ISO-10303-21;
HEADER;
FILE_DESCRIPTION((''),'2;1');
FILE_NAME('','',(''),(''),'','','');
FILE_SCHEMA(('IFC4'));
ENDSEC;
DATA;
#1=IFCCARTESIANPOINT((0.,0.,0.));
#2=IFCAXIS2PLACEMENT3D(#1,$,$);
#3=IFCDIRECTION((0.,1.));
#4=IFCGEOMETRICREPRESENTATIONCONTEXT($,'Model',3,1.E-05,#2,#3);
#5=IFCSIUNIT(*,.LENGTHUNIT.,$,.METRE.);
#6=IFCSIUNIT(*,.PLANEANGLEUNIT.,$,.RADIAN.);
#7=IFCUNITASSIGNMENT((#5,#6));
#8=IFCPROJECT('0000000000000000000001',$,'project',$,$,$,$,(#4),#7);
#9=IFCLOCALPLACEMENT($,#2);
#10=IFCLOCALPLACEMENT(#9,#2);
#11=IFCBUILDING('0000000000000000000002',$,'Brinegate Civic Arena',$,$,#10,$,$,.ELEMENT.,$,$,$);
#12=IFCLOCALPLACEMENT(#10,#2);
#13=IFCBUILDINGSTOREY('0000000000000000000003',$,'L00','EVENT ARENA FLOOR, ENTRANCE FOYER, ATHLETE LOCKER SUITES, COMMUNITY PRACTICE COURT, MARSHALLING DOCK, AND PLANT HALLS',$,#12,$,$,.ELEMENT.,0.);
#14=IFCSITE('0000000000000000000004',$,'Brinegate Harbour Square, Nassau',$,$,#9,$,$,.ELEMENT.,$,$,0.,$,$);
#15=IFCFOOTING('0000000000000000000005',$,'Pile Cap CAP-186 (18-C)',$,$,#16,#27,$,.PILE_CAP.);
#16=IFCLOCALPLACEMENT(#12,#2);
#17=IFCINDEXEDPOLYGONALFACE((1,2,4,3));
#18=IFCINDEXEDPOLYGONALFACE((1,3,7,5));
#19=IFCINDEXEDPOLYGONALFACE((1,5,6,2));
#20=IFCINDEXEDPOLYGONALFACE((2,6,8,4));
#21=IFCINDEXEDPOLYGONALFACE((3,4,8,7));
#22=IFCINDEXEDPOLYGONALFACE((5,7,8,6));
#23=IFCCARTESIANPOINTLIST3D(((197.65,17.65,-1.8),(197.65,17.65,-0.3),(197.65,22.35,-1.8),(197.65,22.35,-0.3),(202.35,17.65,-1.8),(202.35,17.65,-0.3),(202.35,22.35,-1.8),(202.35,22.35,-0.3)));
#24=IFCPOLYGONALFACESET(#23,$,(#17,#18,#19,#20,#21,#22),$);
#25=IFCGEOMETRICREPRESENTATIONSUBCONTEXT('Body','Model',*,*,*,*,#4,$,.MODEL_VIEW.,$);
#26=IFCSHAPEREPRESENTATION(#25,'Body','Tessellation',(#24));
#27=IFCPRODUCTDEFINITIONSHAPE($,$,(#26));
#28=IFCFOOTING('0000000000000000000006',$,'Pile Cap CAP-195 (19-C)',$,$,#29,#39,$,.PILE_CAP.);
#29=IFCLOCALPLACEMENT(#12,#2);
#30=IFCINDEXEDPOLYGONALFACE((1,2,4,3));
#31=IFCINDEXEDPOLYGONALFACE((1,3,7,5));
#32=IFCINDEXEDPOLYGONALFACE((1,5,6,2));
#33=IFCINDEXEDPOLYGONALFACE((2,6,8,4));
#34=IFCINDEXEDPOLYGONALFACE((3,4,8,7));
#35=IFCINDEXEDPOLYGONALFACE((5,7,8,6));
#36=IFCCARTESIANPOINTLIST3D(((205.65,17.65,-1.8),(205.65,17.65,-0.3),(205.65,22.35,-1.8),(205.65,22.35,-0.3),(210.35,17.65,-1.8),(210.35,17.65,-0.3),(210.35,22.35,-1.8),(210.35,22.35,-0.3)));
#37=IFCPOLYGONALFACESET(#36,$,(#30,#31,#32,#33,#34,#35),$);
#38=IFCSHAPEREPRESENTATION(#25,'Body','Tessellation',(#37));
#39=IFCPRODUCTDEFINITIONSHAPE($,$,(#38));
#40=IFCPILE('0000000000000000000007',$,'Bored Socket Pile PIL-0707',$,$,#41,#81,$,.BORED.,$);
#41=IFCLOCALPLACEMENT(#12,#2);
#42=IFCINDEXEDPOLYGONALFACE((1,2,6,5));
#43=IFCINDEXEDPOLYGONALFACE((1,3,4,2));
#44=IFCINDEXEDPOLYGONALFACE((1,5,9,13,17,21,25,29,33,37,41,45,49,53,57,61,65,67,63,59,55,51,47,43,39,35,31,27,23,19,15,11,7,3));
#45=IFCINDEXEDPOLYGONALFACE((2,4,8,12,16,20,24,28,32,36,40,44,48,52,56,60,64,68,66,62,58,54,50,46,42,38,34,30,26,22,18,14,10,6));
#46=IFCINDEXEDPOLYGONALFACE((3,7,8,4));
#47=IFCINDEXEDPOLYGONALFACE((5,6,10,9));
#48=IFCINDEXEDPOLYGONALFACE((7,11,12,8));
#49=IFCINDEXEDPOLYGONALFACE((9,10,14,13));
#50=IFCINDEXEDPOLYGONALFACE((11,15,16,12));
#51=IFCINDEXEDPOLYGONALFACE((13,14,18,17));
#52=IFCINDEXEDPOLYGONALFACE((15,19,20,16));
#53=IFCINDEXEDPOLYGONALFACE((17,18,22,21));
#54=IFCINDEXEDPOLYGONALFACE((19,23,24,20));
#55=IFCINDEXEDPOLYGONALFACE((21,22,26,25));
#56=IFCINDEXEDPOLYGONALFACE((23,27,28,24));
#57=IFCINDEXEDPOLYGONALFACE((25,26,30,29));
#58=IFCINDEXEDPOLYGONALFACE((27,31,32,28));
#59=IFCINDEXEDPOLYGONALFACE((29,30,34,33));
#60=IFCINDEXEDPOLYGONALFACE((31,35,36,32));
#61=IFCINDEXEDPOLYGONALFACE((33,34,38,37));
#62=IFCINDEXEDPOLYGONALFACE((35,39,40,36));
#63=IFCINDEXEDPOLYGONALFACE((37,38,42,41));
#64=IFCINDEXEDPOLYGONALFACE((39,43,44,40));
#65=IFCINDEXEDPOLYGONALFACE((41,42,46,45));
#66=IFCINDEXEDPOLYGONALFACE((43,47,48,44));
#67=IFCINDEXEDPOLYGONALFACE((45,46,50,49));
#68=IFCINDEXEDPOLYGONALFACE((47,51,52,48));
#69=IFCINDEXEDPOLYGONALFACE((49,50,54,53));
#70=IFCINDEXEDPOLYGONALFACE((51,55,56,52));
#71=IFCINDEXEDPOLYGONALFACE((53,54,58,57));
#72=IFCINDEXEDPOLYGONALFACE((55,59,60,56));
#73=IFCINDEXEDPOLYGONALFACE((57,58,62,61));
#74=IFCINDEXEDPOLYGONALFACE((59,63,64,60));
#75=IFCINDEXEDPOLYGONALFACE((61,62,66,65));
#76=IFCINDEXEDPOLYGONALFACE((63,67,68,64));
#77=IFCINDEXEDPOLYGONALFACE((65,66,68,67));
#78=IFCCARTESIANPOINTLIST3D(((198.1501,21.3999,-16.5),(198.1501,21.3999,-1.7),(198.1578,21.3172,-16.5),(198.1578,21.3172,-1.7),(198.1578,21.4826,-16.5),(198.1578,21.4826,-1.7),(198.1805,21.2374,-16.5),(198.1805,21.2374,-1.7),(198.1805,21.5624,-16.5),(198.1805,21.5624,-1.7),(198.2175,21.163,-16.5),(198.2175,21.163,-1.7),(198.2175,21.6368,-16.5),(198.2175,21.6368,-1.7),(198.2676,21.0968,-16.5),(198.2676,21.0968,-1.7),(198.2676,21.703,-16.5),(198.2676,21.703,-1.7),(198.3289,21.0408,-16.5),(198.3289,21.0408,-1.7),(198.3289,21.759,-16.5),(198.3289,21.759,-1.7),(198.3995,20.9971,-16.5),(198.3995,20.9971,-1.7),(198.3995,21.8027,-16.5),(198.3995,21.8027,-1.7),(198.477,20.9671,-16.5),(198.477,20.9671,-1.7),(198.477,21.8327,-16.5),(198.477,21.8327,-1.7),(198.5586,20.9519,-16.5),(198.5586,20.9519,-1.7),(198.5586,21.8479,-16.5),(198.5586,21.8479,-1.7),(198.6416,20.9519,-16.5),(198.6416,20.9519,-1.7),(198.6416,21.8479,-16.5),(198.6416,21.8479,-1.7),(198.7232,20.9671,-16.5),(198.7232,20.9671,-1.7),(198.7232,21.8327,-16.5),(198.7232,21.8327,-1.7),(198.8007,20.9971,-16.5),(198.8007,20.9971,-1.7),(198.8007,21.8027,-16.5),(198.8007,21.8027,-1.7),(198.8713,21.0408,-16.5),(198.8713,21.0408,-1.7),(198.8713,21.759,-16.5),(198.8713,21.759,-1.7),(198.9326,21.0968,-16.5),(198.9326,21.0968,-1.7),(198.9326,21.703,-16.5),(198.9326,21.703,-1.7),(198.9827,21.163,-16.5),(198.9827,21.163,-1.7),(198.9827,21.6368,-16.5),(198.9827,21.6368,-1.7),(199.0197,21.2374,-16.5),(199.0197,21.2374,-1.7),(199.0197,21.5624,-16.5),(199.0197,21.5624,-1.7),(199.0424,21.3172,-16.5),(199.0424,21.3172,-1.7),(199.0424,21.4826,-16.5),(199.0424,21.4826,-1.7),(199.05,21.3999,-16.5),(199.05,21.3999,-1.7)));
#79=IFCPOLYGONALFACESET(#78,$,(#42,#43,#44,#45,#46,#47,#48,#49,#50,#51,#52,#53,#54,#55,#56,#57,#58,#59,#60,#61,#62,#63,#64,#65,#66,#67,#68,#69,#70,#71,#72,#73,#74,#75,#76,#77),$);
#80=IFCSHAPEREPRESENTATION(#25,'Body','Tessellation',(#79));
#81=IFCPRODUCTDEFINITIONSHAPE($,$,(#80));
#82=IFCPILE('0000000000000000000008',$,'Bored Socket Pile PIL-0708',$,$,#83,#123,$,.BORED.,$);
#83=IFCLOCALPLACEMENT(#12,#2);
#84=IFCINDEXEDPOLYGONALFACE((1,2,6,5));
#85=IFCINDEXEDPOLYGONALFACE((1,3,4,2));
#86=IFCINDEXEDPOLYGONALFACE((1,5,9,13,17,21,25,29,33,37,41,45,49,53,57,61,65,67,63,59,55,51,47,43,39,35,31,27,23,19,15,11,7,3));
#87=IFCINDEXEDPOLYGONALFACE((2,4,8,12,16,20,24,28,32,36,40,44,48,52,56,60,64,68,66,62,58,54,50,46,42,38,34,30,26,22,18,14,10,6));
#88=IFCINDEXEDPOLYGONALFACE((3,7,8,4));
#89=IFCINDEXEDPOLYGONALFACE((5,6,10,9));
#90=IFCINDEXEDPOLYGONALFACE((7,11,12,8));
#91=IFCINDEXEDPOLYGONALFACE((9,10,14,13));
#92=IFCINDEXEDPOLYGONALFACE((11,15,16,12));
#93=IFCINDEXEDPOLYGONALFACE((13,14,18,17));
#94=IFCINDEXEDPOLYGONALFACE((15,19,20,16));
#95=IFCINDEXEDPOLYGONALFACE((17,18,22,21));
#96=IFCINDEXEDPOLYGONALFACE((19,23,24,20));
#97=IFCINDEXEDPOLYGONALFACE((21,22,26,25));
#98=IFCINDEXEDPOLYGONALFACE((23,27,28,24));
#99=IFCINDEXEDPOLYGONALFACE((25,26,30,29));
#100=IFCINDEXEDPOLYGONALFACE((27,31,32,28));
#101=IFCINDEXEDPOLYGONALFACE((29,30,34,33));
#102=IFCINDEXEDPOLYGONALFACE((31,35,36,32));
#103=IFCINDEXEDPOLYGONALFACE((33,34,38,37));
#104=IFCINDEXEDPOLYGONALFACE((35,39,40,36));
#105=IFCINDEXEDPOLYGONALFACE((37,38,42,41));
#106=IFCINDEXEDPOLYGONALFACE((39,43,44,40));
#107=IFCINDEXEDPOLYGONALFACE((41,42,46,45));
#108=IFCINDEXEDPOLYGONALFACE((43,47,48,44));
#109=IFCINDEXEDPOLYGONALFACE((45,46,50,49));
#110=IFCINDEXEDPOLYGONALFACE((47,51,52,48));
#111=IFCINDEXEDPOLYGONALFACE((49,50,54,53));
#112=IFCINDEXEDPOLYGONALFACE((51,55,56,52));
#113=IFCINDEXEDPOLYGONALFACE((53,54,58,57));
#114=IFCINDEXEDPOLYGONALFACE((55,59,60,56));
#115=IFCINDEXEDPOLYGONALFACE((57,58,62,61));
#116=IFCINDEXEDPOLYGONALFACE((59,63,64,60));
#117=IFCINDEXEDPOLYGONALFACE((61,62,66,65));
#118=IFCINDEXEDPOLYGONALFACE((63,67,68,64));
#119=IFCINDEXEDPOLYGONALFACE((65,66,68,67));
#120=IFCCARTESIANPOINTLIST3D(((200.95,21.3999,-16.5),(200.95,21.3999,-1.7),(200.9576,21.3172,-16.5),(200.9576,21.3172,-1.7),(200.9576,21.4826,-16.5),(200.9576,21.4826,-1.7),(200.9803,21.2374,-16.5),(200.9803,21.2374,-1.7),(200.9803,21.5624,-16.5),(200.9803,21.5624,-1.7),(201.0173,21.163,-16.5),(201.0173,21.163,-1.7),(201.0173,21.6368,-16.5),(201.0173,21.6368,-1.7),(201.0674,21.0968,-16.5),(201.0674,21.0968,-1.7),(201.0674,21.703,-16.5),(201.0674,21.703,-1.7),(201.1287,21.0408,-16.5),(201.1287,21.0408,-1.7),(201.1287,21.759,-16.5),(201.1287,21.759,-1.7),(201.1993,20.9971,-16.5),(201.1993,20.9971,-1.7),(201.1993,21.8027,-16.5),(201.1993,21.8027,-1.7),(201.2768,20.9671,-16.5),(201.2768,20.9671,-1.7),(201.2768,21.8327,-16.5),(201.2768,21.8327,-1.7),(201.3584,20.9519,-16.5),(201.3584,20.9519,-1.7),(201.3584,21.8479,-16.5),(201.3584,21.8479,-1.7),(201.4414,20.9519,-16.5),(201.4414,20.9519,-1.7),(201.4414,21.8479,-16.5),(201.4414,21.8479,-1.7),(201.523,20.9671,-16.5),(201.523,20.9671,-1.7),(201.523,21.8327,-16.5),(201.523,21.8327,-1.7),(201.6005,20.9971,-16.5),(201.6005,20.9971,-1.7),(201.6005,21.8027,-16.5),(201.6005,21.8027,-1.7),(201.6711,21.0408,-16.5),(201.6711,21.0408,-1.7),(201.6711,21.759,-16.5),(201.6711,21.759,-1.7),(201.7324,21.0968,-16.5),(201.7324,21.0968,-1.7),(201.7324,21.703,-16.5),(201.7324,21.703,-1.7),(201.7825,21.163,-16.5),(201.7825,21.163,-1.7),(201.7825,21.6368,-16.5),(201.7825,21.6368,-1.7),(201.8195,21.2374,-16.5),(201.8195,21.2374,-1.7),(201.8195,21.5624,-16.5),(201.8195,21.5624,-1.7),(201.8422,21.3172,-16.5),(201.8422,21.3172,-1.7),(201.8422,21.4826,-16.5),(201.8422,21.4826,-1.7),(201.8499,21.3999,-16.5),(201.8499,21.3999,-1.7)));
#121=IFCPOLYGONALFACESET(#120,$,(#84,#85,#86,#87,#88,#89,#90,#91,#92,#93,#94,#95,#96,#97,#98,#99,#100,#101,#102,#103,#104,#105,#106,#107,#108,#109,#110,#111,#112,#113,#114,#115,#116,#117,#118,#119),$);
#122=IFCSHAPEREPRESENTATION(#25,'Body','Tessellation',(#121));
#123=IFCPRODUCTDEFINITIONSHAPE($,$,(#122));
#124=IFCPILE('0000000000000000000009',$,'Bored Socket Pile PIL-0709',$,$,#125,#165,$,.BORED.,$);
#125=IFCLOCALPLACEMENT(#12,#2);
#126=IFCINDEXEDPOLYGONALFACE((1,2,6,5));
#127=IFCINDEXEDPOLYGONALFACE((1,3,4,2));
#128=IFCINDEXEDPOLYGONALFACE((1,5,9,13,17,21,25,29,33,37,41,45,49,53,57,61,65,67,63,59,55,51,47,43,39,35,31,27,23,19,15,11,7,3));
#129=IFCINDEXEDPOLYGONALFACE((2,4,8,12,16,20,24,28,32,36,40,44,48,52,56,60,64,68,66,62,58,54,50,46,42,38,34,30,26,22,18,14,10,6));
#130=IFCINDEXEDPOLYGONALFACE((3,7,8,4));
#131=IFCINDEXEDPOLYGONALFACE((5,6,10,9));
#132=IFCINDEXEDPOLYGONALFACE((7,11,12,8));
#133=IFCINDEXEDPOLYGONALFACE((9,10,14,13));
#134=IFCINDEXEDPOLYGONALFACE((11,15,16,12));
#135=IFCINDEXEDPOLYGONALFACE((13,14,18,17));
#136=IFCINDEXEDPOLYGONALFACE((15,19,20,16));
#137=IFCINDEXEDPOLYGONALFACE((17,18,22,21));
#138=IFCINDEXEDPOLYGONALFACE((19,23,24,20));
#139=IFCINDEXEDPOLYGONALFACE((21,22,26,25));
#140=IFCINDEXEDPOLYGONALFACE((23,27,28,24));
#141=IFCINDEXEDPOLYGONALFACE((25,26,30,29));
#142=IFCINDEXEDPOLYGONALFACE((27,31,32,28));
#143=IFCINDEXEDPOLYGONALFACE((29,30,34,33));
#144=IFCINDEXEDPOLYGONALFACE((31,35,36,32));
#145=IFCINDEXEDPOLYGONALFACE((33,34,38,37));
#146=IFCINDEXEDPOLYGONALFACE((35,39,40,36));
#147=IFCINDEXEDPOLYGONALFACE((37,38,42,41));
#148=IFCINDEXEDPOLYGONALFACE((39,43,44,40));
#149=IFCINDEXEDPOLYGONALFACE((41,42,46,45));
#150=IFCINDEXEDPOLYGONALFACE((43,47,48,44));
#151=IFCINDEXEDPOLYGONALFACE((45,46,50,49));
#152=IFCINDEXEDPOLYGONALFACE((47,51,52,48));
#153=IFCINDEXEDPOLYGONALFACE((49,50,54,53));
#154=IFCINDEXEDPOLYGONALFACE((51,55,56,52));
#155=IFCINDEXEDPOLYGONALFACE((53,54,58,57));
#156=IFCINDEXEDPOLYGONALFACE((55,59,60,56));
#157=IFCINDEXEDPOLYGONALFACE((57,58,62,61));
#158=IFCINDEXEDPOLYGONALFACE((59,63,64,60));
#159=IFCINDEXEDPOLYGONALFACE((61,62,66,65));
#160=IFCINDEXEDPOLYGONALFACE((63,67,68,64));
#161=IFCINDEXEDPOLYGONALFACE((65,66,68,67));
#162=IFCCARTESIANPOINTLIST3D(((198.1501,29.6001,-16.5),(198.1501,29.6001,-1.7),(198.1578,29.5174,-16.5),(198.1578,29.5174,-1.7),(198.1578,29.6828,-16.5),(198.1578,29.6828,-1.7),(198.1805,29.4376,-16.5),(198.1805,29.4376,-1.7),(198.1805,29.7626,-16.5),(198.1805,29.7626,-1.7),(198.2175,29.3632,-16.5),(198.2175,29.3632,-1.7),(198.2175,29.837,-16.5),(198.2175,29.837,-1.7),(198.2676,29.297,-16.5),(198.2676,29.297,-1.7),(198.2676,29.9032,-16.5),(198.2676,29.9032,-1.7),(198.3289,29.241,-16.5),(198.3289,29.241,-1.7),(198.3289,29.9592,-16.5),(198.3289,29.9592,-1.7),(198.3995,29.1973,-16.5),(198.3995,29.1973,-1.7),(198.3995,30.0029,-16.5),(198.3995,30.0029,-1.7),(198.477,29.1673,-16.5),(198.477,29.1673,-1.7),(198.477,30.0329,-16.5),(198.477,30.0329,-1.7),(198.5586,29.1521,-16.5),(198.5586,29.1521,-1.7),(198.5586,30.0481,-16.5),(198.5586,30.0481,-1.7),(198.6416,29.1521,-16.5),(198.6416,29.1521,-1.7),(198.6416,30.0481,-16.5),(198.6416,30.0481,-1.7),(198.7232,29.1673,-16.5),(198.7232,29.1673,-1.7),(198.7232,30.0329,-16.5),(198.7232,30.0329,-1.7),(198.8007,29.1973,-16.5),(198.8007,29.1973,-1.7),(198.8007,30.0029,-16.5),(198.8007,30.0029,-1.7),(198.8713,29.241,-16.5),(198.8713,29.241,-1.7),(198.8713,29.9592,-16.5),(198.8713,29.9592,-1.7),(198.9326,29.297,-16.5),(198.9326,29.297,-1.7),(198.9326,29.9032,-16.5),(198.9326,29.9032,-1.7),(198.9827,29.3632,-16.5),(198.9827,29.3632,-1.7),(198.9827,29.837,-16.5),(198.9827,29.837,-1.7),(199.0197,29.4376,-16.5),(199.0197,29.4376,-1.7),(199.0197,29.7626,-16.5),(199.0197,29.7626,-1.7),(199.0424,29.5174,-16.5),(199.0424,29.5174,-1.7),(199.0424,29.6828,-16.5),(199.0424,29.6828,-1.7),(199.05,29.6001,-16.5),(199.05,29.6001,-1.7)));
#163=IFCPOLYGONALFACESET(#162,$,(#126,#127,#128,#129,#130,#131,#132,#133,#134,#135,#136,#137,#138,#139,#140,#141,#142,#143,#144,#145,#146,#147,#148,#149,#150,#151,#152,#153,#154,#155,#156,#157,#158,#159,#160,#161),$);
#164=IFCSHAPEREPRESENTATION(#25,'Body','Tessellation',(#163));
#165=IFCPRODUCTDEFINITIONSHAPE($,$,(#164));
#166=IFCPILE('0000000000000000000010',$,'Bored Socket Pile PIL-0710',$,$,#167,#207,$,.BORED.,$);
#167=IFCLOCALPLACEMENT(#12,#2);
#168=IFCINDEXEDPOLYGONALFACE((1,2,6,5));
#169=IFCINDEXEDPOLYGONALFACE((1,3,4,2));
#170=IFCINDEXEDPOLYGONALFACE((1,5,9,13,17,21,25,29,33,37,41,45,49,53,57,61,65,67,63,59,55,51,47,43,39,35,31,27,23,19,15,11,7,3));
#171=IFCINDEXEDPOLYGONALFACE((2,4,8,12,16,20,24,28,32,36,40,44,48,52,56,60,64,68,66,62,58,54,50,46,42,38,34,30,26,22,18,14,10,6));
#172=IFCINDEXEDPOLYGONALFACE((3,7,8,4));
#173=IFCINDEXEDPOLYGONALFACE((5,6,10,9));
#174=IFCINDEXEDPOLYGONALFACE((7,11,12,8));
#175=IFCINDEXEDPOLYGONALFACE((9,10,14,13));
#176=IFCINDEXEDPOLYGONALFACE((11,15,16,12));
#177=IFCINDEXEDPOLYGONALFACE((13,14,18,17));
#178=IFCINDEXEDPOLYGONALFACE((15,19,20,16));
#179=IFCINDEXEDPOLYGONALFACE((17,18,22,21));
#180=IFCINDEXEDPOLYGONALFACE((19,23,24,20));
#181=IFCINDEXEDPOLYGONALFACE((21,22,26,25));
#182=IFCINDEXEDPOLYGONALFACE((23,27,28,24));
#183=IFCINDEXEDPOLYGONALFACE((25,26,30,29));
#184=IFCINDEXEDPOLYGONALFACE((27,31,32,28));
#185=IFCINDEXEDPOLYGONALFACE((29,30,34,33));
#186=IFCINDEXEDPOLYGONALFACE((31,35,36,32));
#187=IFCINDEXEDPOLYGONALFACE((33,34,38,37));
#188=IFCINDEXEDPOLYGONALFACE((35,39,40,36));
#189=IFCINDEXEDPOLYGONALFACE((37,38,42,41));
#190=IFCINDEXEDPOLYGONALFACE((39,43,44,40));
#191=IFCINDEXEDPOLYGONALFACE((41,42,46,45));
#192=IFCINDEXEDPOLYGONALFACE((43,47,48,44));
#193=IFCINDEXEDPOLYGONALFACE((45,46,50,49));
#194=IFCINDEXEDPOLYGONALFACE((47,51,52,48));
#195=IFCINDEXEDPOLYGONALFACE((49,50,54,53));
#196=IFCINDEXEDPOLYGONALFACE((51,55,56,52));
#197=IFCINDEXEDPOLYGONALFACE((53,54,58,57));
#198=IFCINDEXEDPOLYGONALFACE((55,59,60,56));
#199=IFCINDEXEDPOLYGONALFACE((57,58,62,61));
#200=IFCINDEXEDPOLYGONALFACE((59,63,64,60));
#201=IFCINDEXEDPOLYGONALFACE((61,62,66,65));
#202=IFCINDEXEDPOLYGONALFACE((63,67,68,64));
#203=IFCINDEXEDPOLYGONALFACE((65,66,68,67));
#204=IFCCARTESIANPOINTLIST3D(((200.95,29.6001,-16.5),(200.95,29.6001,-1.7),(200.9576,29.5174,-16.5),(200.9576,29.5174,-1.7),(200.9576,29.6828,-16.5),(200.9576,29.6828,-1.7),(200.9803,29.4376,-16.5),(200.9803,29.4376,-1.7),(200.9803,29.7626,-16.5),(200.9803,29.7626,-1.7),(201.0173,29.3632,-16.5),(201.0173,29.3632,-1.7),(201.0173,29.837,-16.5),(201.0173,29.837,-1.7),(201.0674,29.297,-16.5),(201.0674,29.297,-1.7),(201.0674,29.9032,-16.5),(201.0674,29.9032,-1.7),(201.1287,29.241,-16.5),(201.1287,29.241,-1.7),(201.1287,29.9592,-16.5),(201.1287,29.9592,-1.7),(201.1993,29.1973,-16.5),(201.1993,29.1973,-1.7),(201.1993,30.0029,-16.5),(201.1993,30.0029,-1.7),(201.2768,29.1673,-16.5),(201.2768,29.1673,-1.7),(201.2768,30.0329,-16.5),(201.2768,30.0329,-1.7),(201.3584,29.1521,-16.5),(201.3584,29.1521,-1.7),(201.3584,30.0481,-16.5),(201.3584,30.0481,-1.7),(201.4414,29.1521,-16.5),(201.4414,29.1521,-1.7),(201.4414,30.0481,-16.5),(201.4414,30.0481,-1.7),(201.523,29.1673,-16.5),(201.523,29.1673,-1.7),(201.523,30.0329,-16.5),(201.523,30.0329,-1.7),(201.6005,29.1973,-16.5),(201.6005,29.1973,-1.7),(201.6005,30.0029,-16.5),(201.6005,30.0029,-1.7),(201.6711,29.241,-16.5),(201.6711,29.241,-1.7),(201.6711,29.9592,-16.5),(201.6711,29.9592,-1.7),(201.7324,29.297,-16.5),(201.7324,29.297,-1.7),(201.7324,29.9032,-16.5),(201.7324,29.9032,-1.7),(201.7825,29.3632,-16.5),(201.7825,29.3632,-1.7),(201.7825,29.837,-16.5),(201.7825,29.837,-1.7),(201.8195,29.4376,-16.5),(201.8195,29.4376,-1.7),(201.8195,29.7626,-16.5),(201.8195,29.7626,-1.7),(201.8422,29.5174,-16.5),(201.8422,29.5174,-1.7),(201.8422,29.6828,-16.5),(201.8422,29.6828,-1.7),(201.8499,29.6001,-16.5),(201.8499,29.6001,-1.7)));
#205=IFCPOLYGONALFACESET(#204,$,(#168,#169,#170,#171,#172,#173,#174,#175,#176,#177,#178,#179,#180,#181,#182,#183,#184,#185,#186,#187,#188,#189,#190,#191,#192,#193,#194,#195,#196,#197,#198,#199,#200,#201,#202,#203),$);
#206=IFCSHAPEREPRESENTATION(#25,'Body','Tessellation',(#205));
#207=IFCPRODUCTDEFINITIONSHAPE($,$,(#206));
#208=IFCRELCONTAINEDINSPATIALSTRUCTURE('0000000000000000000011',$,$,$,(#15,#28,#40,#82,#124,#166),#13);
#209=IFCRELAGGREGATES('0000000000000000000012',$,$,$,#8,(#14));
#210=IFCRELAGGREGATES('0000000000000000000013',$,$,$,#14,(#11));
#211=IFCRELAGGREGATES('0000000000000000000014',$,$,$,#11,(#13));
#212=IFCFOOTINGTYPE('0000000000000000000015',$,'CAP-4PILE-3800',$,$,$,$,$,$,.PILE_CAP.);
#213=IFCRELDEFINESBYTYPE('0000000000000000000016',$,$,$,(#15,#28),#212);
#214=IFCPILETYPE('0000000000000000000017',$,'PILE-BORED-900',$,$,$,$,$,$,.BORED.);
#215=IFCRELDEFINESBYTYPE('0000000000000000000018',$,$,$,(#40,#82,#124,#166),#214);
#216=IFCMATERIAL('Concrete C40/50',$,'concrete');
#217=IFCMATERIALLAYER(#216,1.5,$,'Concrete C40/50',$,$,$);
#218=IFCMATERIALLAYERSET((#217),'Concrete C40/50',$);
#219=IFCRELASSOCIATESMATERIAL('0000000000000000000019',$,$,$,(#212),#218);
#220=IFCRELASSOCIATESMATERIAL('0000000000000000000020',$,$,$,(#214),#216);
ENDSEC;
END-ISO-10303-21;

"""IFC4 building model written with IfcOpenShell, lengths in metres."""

from ifc_helpers import new_model, si_unit, direction, frame, origin, origin_2d, place, context, subcontext, project, spatial, rectangle, circle, extrude, material, layer, layer_set, material_profile, profile_set, type_object, element, save


model = new_model("IFC4")

# Units and contexts
model_context = context("Model", 3, precision=1e-05, world=origin(), true_north=direction((0.0, 1.0)))
body_context = subcontext(model_context, "Body", "Model", "MODEL_VIEW")
ifc_project = project(units=[si_unit("LENGTHUNIT", "METRE"), si_unit("PLANEANGLEUNIT", "RADIAN")], contexts=[model_context])

# Site, building, storey
site_placement = place(None, origin())
site = spatial("IfcSite", under=ifc_project, at=site_placement, Name="Brinegate Harbour Square, Nassau", CompositionType="ELEMENT", RefElevation=0.0)
building_placement = place(site_placement, origin())
building = spatial("IfcBuilding", under=site, at=building_placement, Name="Brinegate Civic Arena", CompositionType="ELEMENT")
storey_placement = place(building_placement, origin())
storey = spatial("IfcBuildingStorey", under=building, at=storey_placement, Name="L00", Description="EVENT ARENA FLOOR, ENTRANCE FOYER, ATHLETE LOCKER SUITES, COMMUNITY PRACTICE COURT, MARSHALLING DOCK, AND PLANT HALLS", CompositionType="ELEMENT", Elevation=0.0)

# Footings
ifc_material_1 = material(Name="Concrete C40/50", Category="concrete")
ifc_layer_1 = layer(ifc_material_1, 1.5, Name="Concrete C40/50")
ifc_layer_set_1 = layer_set([ifc_layer_1], Name="Concrete C40/50")
footing_type_1 = type_object("IfcFootingType", Name="CAP-4PILE-3800", PredefinedType="PILE_CAP", material=ifc_layer_set_1)
for number, where, z_axis, x_axis, name in (
    (1, (200.0, 20.0, -1.8), (0.0, 0.0, 1.0), (1.0, 0.0, 0.0), "Pile Cap CAP-186 (18-C)"),
    (2, (208.0, 20.0, -1.8), (0.0, 0.0, 1.0), (1.0, 0.0, 0.0), "Pile Cap CAP-195 (19-C)"),
):
    element("IfcFooting", number, at=place(storey_placement, frame(where, z_axis=z_axis, x_axis=x_axis)), inside=storey, type_object=footing_type_1, Name=name, PredefinedType="PILE_CAP", context=body_context, shape_type="SweptSolid", body=[
        extrude(rectangle(XDim=4.7, YDim=4.7, at=origin_2d()), origin(), (0.0, 0.0, 1.0), 1.5),
    ])

# Piles
ifc_material_profile_1 = material_profile(ifc_material_1, circle(Radius=0.45, at=origin_2d()), Name="PILED900")
ifc_profile_set_1 = profile_set([ifc_material_profile_1], Name="Concrete C40/50")
pile_type = type_object("IfcPileType", Name="PILE-BORED-900", PredefinedType="BORED", material=ifc_profile_set_1)
for number, where, z_axis, x_axis, name in (
    (3, (198.6001, 21.3999, -1.7), (0.0, 0.0, -1.0), (1.0, 0.0, 0.0), "Bored Socket Pile PIL-0707"),
    (4, (201.3999, 21.3999, -1.7), (0.0, 0.0, -1.0), (1.0, 0.0, 0.0), "Bored Socket Pile PIL-0708"),
    (5, (198.6001, 29.6001, -1.7), (0.0, 0.0, -1.0), (1.0, 0.0, 0.0), "Bored Socket Pile PIL-0709"),
    (6, (201.3999, 29.6001, -1.7), (0.0, 0.0, -1.0), (1.0, 0.0, 0.0), "Bored Socket Pile PIL-0710"),
):
    element("IfcPile", number, at=place(storey_placement, frame(where, z_axis=z_axis, x_axis=x_axis)), inside=storey, type_object=pile_type, Name=name, PredefinedType="BORED", context=body_context, shape_type="SweptSolid", body=[
        extrude(circle(Radius=0.45, at=origin_2d()), origin(), (0.0, 0.0, 1.0), 14.8),
    ])

save(model, "model.ifc")
